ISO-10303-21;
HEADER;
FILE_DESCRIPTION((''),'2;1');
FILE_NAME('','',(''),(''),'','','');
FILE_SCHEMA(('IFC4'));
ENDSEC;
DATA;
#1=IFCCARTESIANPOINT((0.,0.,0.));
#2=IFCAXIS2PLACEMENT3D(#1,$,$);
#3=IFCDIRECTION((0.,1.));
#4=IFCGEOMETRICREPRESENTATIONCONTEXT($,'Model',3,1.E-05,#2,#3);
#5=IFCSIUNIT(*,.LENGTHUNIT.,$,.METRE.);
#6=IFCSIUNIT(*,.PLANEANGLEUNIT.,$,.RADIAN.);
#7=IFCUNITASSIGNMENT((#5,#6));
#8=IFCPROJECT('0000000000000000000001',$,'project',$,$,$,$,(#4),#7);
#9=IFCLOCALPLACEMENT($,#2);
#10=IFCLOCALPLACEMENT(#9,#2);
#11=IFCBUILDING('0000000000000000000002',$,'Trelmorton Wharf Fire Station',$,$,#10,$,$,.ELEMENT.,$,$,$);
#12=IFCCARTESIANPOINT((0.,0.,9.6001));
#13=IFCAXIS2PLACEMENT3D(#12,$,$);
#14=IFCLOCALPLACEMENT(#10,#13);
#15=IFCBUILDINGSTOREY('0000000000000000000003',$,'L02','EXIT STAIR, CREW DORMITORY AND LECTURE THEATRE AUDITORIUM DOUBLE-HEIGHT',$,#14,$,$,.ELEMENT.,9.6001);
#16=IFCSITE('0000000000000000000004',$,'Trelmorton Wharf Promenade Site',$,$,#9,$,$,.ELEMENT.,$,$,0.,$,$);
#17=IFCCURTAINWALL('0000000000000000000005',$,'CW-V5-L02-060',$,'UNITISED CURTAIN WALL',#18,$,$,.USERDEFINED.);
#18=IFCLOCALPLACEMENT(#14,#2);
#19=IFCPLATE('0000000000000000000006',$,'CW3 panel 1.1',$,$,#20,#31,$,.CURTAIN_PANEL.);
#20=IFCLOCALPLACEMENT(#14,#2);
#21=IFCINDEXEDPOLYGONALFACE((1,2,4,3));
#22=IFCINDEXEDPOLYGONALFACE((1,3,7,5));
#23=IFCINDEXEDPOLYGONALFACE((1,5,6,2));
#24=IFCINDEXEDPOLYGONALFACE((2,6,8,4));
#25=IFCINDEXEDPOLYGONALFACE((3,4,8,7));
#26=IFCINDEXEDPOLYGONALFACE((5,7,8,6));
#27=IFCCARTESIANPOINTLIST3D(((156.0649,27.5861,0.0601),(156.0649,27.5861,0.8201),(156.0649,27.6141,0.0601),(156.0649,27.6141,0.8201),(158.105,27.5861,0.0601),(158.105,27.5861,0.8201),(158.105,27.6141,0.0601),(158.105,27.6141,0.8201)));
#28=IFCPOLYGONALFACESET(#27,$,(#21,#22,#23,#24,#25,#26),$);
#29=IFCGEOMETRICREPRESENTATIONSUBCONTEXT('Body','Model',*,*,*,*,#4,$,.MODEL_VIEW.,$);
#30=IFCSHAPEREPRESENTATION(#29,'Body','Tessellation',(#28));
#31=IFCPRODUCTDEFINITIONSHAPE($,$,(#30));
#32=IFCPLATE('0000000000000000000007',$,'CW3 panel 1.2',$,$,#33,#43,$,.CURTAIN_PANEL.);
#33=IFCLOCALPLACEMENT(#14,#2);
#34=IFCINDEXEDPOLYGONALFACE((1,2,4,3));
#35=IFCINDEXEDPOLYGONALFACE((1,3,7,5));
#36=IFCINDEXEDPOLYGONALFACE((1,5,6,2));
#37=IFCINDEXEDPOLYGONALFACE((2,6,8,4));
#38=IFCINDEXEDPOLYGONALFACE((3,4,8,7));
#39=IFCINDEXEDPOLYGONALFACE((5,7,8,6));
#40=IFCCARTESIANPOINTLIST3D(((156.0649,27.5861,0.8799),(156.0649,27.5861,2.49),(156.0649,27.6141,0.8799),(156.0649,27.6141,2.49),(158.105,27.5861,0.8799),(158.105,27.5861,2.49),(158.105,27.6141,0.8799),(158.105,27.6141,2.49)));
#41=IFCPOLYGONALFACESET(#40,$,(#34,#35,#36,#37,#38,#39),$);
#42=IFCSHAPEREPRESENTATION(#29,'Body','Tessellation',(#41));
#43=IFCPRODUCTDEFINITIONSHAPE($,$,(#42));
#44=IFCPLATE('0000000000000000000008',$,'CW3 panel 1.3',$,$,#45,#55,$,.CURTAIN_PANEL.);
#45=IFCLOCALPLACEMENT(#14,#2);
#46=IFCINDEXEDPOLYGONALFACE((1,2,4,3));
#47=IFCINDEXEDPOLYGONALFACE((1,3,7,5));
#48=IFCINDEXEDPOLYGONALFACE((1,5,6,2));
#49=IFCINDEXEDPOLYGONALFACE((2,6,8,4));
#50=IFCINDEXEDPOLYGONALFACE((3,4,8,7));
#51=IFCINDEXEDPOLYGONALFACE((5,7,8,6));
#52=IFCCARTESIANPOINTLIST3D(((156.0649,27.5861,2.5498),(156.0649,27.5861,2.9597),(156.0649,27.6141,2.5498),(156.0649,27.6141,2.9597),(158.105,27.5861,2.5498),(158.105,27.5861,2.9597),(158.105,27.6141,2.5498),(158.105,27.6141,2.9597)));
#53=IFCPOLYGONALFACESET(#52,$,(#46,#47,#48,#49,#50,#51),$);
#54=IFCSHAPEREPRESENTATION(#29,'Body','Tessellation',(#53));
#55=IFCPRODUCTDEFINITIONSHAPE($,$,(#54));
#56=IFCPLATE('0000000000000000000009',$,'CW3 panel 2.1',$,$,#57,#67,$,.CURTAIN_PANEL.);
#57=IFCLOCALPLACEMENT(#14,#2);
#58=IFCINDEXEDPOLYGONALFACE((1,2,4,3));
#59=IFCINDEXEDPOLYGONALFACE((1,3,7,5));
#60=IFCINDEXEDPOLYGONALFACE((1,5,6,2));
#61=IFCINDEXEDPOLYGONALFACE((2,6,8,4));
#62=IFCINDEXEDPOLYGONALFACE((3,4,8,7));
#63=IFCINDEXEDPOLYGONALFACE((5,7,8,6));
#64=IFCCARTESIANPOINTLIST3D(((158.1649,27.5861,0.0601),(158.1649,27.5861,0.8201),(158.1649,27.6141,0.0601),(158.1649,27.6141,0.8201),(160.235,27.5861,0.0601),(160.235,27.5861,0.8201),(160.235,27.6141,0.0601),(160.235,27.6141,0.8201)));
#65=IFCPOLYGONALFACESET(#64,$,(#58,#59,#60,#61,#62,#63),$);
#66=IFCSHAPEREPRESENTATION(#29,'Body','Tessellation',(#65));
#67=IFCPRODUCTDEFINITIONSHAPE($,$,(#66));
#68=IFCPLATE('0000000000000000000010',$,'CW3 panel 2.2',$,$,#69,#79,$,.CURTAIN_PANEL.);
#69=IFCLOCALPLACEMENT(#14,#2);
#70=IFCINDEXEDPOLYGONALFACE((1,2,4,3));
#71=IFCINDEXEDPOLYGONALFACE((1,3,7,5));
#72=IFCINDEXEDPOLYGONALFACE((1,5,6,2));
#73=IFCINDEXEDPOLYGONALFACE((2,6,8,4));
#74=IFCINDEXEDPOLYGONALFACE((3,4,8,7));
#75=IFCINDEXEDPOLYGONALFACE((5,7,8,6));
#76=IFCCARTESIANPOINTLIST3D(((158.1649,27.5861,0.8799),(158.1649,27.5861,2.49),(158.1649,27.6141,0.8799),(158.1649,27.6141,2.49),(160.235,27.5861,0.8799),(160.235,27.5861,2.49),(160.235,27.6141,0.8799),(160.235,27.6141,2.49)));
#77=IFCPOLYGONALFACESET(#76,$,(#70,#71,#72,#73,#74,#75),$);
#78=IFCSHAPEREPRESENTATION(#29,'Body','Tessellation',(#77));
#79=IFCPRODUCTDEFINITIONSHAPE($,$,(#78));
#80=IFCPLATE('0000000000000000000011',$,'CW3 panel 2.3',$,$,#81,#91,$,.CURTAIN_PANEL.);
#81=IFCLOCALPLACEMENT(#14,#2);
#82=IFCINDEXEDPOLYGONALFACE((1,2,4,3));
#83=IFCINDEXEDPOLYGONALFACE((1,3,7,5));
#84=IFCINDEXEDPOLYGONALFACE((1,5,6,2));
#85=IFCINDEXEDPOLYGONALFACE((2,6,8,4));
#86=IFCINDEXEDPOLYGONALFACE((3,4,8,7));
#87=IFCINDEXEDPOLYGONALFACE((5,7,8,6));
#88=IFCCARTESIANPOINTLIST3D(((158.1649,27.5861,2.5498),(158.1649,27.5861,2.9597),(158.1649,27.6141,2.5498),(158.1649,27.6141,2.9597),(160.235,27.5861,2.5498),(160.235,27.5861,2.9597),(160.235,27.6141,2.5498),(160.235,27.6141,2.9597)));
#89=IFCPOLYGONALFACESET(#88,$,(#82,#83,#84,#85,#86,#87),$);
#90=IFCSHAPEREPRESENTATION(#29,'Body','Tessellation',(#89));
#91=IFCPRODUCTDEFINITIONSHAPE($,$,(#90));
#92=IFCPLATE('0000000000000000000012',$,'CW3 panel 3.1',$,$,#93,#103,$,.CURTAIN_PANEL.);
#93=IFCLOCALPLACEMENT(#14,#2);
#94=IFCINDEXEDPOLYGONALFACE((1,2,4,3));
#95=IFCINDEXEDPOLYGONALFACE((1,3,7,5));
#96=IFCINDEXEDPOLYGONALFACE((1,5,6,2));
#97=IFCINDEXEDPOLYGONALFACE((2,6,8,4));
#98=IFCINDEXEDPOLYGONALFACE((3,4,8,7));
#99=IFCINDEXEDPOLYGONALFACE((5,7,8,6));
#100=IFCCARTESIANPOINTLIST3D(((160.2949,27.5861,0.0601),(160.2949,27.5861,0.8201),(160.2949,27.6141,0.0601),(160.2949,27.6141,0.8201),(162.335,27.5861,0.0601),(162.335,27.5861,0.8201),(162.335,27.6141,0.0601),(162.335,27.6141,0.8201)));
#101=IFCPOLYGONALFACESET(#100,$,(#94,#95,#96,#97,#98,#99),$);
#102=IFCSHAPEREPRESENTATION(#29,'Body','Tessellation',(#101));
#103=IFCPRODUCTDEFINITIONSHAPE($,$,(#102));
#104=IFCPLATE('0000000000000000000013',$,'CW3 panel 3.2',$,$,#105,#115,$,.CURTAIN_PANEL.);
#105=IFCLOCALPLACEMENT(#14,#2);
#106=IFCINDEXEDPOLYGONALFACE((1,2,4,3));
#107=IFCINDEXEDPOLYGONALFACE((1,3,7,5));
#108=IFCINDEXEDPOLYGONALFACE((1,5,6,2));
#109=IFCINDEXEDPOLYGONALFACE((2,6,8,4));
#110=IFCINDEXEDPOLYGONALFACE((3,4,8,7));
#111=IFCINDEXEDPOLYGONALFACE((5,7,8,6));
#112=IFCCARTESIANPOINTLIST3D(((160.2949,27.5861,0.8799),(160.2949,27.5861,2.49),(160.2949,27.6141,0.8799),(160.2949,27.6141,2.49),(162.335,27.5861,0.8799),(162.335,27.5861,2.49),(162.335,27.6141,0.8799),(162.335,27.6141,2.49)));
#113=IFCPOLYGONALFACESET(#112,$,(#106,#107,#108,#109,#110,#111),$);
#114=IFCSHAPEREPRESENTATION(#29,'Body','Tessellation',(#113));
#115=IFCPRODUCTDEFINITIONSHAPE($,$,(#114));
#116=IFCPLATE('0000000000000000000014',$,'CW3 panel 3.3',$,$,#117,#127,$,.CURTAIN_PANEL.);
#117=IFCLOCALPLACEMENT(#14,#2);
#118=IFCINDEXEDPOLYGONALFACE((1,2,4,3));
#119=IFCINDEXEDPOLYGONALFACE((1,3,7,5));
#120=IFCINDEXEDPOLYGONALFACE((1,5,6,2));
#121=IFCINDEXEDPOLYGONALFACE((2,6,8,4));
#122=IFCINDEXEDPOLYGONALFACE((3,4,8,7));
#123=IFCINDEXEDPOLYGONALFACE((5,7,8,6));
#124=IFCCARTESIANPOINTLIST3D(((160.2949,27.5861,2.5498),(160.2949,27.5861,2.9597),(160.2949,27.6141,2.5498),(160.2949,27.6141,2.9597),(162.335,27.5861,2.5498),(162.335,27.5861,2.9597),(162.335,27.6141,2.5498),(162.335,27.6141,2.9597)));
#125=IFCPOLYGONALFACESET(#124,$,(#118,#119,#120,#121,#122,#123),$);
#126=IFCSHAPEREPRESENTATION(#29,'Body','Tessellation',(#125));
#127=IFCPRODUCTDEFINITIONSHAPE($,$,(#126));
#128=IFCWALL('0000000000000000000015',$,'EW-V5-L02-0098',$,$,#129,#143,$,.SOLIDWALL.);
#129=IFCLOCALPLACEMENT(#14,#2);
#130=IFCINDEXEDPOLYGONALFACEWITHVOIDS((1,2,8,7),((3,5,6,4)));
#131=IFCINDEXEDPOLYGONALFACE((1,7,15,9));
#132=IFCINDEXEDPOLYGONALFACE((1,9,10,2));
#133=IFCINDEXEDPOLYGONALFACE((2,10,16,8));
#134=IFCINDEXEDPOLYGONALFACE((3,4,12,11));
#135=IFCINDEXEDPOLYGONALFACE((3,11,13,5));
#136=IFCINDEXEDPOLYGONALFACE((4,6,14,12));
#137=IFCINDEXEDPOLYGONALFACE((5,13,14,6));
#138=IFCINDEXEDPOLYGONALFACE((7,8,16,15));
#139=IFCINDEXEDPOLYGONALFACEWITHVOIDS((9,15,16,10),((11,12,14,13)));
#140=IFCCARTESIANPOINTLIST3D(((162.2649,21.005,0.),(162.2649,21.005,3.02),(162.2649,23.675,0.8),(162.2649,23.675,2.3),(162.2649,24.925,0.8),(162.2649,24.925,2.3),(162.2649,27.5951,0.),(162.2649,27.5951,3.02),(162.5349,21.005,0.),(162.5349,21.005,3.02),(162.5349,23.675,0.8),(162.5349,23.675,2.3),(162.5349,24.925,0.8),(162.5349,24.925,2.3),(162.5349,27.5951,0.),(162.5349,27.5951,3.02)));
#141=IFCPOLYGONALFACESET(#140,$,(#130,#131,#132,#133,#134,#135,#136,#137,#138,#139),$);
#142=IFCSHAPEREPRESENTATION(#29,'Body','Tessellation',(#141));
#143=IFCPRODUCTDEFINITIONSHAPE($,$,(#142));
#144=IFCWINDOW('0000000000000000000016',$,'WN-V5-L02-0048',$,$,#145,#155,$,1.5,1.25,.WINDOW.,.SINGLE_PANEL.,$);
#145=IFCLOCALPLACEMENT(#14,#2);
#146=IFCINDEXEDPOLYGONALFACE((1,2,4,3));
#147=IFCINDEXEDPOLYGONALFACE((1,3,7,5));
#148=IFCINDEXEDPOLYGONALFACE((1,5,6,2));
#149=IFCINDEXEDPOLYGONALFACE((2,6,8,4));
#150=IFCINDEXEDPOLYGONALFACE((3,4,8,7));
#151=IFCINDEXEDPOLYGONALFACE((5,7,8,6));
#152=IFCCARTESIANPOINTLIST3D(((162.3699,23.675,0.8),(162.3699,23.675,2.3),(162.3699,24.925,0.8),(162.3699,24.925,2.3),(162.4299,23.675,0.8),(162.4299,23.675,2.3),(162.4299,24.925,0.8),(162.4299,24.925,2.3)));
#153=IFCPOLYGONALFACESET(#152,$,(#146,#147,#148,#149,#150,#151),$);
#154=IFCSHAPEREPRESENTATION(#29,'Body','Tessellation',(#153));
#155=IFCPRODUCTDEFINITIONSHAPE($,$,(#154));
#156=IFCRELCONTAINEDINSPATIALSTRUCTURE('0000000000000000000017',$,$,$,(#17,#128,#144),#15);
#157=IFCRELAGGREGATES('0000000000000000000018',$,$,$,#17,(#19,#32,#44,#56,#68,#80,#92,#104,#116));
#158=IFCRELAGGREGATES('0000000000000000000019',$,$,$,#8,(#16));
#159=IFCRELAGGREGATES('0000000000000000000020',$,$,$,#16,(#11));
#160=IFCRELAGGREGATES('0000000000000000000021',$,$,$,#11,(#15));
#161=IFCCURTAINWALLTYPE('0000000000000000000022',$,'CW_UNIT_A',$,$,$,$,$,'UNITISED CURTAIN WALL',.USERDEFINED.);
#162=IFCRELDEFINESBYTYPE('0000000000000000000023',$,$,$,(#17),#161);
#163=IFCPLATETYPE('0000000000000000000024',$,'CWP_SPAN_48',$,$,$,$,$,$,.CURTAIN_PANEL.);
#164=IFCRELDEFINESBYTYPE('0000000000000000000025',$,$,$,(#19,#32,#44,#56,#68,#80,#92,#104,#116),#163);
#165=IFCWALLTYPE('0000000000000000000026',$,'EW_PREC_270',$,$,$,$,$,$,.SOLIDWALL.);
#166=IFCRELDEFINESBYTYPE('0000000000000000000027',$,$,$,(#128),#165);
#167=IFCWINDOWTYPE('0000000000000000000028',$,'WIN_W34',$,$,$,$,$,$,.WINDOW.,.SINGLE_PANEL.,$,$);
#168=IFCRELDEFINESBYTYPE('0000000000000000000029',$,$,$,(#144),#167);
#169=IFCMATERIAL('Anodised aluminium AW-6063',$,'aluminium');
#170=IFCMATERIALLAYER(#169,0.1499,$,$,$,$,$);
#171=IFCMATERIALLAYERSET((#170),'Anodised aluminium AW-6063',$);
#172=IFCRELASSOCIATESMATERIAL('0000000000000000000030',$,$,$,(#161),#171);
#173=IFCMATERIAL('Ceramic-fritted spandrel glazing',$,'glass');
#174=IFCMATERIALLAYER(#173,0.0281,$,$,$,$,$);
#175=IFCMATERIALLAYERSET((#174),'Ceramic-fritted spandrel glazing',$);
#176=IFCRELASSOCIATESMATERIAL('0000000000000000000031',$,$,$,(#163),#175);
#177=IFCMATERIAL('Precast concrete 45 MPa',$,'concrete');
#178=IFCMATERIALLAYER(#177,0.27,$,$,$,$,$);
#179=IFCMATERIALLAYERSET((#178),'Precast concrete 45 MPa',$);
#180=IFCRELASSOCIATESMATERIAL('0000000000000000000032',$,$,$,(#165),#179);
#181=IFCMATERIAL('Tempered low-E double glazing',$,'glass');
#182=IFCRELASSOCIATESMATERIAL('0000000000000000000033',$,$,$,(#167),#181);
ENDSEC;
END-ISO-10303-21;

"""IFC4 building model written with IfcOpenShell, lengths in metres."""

from ifc_helpers import new_model, si_unit, direction, frame, frame_2d, origin, origin_2d, place, context, subcontext, project, spatial, rectangle, extrude, material, layer, layer_set, type_object, element, fill, aggregate, save


model = new_model("IFC4")

# Units and contexts
model_context = context("Model", 3, precision=1e-05, world=origin(), true_north=direction((0.0, 1.0)))
body_context = subcontext(model_context, "Body", "Model", "MODEL_VIEW")
ifc_project = project(units=[si_unit("LENGTHUNIT", "METRE"), si_unit("PLANEANGLEUNIT", "RADIAN")], contexts=[model_context])

# Site, building, storey
site_placement = place(None, origin())
site = spatial("IfcSite", under=ifc_project, at=site_placement, Name="Trelmorton Wharf Promenade Site", CompositionType="ELEMENT", RefElevation=0.0)
building_placement = place(site_placement, origin())
building = spatial("IfcBuilding", under=site, at=building_placement, Name="Trelmorton Wharf Fire Station", CompositionType="ELEMENT")
storey_placement = place(building_placement, frame((0.0, 0.0, 9.6001)))
storey = spatial("IfcBuildingStorey", under=building, at=storey_placement, Name="L02", Description="EXIT STAIR, CREW DORMITORY AND LECTURE THEATRE AUDITORIUM DOUBLE-HEIGHT", CompositionType="ELEMENT", Elevation=9.6001)

# Curtain wall, plates
ifc_material_1 = material(Name="Anodised aluminium AW-6063", Category="aluminium")
ifc_layer_1 = layer(ifc_material_1, 0.1499)
ifc_layer_set_1 = layer_set([ifc_layer_1], Name="Anodised aluminium AW-6063")
curtain_wall_type = type_object("IfcCurtainWallType", Name="CW_UNIT_A", ElementType="UNITISED CURTAIN WALL", PredefinedType="USERDEFINED", material=ifc_layer_set_1)
curtain_wall_placement = place(storey_placement, origin())
curtain_wall = element("IfcCurtainWall", 1, at=curtain_wall_placement, inside=storey, type_object=curtain_wall_type, Name="CW-V5-L02-060", ObjectType="UNITISED CURTAIN WALL", PredefinedType="USERDEFINED")
ifc_material_2 = material(Name="Ceramic-fritted spandrel glazing", Category="glass")
ifc_layer_2 = layer(ifc_material_2, 0.0281)
ifc_layer_set_2 = layer_set([ifc_layer_2], Name="Ceramic-fritted spandrel glazing")
plate_type = type_object("IfcPlateType", Name="CWP_SPAN_48", PredefinedType="CURTAIN_PANEL", material=ifc_layer_set_2)
plate_1_placement = place(storey_placement, frame((157.085, 27.6001, 0.0601), z_axis=(0.0, 0.0, 1.0), x_axis=(1.0, 0.0, 0.0)))
plate_1 = element("IfcPlate", 2, at=plate_1_placement, type_object=plate_type, Name="CW3 panel 1.1", PredefinedType="CURTAIN_PANEL", context=body_context, shape_type="SweptSolid", body=[
    extrude(rectangle(XDim=2.04, YDim=0.0281, at=origin_2d()), origin(), (0.0, 0.0, 1.0), 0.76),
])
plate_2_placement = place(storey_placement, frame((157.085, 27.6001, 0.8799), z_axis=(0.0, 0.0, 1.0), x_axis=(1.0, 0.0, 0.0)))
plate_2 = element("IfcPlate", 3, at=plate_2_placement, type_object=plate_type, Name="CW3 panel 1.2", PredefinedType="CURTAIN_PANEL", context=body_context, shape_type="SweptSolid", body=[
    extrude(rectangle(XDim=2.04, YDim=0.0281, at=origin_2d()), origin(), (0.0, 0.0, 1.0), 1.6101),
])
plate_3_placement = place(storey_placement, frame((157.085, 27.6001, 2.5498), z_axis=(0.0, 0.0, 1.0), x_axis=(1.0, 0.0, 0.0)))
plate_3 = element("IfcPlate", 4, at=plate_3_placement, type_object=plate_type, Name="CW3 panel 1.3", PredefinedType="CURTAIN_PANEL", context=body_context, shape_type="SweptSolid", body=[
    extrude(rectangle(XDim=2.04, YDim=0.0281, at=origin_2d()), origin(), (0.0, 0.0, 1.0), 0.4099),
])
plate_4_placement = place(storey_placement, frame((159.2, 27.6001, 0.0601), z_axis=(0.0, 0.0, 1.0), x_axis=(1.0, 0.0, 0.0)))
plate_4 = element("IfcPlate", 5, at=plate_4_placement, type_object=plate_type, Name="CW3 panel 2.1", PredefinedType="CURTAIN_PANEL", context=body_context, shape_type="SweptSolid", body=[
    extrude(rectangle(XDim=2.0701, YDim=0.0281, at=origin_2d()), origin(), (0.0, 0.0, 1.0), 0.76),
])
plate_5_placement = place(storey_placement, frame((159.2, 27.6001, 0.8799), z_axis=(0.0, 0.0, 1.0), x_axis=(1.0, 0.0, 0.0)))
plate_5 = element("IfcPlate", 6, at=plate_5_placement, type_object=plate_type, Name="CW3 panel 2.2", PredefinedType="CURTAIN_PANEL", context=body_context, shape_type="SweptSolid", body=[
    extrude(rectangle(XDim=2.0701, YDim=0.0281, at=origin_2d()), origin(), (0.0, 0.0, 1.0), 1.6101),
])
plate_6_placement = place(storey_placement, frame((159.2, 27.6001, 2.5498), z_axis=(0.0, 0.0, 1.0), x_axis=(1.0, 0.0, 0.0)))
plate_6 = element("IfcPlate", 7, at=plate_6_placement, type_object=plate_type, Name="CW3 panel 2.3", PredefinedType="CURTAIN_PANEL", context=body_context, shape_type="SweptSolid", body=[
    extrude(rectangle(XDim=2.0701, YDim=0.0281, at=origin_2d()), origin(), (0.0, 0.0, 1.0), 0.4099),
])
plate_7_placement = place(storey_placement, frame((161.3149, 27.6001, 0.0601), z_axis=(0.0, 0.0, 1.0), x_axis=(1.0, 0.0, 0.0)))
plate_7 = element("IfcPlate", 8, at=plate_7_placement, type_object=plate_type, Name="CW3 panel 3.1", PredefinedType="CURTAIN_PANEL", context=body_context, shape_type="SweptSolid", body=[
    extrude(rectangle(XDim=2.04, YDim=0.0281, at=origin_2d()), origin(), (0.0, 0.0, 1.0), 0.76),
])
plate_8_placement = place(storey_placement, frame((161.3149, 27.6001, 0.8799), z_axis=(0.0, 0.0, 1.0), x_axis=(1.0, 0.0, 0.0)))
plate_8 = element("IfcPlate", 9, at=plate_8_placement, type_object=plate_type, Name="CW3 panel 3.2", PredefinedType="CURTAIN_PANEL", context=body_context, shape_type="SweptSolid", body=[
    extrude(rectangle(XDim=2.04, YDim=0.0281, at=origin_2d()), origin(), (0.0, 0.0, 1.0), 1.6101),
])
plate_9_placement = place(storey_placement, frame((161.3149, 27.6001, 2.5498), z_axis=(0.0, 0.0, 1.0), x_axis=(1.0, 0.0, 0.0)))
plate_9 = element("IfcPlate", 10, at=plate_9_placement, type_object=plate_type, Name="CW3 panel 3.3", PredefinedType="CURTAIN_PANEL", context=body_context, shape_type="SweptSolid", body=[
    extrude(rectangle(XDim=2.04, YDim=0.0281, at=origin_2d()), origin(), (0.0, 0.0, 1.0), 0.4099),
])
aggregate(curtain_wall, [plate_1, plate_2, plate_3, plate_4, plate_5, plate_6, plate_7, plate_8, plate_9])

# Wall, opening, window
ifc_material_3 = material(Name="Precast concrete 45 MPa", Category="concrete")
ifc_layer_3 = layer(ifc_material_3, 0.27)
ifc_layer_set_3 = layer_set([ifc_layer_3], Name="Precast concrete 45 MPa")
wall_type = type_object("IfcWallType", Name="EW_PREC_270", PredefinedType="SOLIDWALL", material=ifc_layer_set_3)
wall_placement = place(storey_placement, frame((162.3999, 27.595, 0.0), z_axis=(0.0, 0.0, 1.0), x_axis=(0.0, -1.0, 0.0)))
wall = element("IfcWall", 11, at=wall_placement, inside=storey, type_object=wall_type, Name="EW-V5-L02-0098", PredefinedType="SOLIDWALL", context=body_context, shape_type="SweptSolid", body=[
    extrude(rectangle(XDim=6.5901, YDim=0.27, at=frame_2d((3.2949, 0.0))), origin(), (0.0, 0.0, 1.0), 3.02),
])
opening_placement = place(wall_placement, frame((2.6699, 0.0, 0.8)))
opening = element("IfcOpeningElement", 12, at=opening_placement, cuts=wall, PredefinedType="OPENING", context=body_context, shape_type="SweptSolid", body=[
    extrude(rectangle(XDim=1.25, YDim=1.5, at=frame_2d((0.625, 0.75))), frame((0.0, 0.145, 0.0), z_axis=(0.0, -1.0, 0.0), x_axis=(1.0, 0.0, 0.0)), (0.0, 0.0, 1.0), 0.29),
])
ifc_material_4 = material(Name="Tempered low-E double glazing", Category="glass")
window_type = type_object("IfcWindowType", Name="WIN_W34", PartitioningType="SINGLE_PANEL", PredefinedType="WINDOW", material=ifc_material_4)
window_placement = place(opening_placement, origin())
window = element("IfcWindow", 13, at=window_placement, inside=storey, type_object=window_type, Name="WN-V5-L02-0048", OverallHeight=1.5, OverallWidth=1.25, PartitioningType="SINGLE_PANEL", PredefinedType="WINDOW", context=body_context, shape_type="SweptSolid", body=[
    extrude(rectangle(XDim=1.25, YDim=1.5, at=frame_2d((0.625, 0.75))), frame((0.0, 0.03, 0.0), z_axis=(0.0, -1.0, 0.0), x_axis=(1.0, 0.0, 0.0)), (0.0, 0.0, 1.0), 0.0601),
])
fill(opening, window)

save(model, "model.ifc")
